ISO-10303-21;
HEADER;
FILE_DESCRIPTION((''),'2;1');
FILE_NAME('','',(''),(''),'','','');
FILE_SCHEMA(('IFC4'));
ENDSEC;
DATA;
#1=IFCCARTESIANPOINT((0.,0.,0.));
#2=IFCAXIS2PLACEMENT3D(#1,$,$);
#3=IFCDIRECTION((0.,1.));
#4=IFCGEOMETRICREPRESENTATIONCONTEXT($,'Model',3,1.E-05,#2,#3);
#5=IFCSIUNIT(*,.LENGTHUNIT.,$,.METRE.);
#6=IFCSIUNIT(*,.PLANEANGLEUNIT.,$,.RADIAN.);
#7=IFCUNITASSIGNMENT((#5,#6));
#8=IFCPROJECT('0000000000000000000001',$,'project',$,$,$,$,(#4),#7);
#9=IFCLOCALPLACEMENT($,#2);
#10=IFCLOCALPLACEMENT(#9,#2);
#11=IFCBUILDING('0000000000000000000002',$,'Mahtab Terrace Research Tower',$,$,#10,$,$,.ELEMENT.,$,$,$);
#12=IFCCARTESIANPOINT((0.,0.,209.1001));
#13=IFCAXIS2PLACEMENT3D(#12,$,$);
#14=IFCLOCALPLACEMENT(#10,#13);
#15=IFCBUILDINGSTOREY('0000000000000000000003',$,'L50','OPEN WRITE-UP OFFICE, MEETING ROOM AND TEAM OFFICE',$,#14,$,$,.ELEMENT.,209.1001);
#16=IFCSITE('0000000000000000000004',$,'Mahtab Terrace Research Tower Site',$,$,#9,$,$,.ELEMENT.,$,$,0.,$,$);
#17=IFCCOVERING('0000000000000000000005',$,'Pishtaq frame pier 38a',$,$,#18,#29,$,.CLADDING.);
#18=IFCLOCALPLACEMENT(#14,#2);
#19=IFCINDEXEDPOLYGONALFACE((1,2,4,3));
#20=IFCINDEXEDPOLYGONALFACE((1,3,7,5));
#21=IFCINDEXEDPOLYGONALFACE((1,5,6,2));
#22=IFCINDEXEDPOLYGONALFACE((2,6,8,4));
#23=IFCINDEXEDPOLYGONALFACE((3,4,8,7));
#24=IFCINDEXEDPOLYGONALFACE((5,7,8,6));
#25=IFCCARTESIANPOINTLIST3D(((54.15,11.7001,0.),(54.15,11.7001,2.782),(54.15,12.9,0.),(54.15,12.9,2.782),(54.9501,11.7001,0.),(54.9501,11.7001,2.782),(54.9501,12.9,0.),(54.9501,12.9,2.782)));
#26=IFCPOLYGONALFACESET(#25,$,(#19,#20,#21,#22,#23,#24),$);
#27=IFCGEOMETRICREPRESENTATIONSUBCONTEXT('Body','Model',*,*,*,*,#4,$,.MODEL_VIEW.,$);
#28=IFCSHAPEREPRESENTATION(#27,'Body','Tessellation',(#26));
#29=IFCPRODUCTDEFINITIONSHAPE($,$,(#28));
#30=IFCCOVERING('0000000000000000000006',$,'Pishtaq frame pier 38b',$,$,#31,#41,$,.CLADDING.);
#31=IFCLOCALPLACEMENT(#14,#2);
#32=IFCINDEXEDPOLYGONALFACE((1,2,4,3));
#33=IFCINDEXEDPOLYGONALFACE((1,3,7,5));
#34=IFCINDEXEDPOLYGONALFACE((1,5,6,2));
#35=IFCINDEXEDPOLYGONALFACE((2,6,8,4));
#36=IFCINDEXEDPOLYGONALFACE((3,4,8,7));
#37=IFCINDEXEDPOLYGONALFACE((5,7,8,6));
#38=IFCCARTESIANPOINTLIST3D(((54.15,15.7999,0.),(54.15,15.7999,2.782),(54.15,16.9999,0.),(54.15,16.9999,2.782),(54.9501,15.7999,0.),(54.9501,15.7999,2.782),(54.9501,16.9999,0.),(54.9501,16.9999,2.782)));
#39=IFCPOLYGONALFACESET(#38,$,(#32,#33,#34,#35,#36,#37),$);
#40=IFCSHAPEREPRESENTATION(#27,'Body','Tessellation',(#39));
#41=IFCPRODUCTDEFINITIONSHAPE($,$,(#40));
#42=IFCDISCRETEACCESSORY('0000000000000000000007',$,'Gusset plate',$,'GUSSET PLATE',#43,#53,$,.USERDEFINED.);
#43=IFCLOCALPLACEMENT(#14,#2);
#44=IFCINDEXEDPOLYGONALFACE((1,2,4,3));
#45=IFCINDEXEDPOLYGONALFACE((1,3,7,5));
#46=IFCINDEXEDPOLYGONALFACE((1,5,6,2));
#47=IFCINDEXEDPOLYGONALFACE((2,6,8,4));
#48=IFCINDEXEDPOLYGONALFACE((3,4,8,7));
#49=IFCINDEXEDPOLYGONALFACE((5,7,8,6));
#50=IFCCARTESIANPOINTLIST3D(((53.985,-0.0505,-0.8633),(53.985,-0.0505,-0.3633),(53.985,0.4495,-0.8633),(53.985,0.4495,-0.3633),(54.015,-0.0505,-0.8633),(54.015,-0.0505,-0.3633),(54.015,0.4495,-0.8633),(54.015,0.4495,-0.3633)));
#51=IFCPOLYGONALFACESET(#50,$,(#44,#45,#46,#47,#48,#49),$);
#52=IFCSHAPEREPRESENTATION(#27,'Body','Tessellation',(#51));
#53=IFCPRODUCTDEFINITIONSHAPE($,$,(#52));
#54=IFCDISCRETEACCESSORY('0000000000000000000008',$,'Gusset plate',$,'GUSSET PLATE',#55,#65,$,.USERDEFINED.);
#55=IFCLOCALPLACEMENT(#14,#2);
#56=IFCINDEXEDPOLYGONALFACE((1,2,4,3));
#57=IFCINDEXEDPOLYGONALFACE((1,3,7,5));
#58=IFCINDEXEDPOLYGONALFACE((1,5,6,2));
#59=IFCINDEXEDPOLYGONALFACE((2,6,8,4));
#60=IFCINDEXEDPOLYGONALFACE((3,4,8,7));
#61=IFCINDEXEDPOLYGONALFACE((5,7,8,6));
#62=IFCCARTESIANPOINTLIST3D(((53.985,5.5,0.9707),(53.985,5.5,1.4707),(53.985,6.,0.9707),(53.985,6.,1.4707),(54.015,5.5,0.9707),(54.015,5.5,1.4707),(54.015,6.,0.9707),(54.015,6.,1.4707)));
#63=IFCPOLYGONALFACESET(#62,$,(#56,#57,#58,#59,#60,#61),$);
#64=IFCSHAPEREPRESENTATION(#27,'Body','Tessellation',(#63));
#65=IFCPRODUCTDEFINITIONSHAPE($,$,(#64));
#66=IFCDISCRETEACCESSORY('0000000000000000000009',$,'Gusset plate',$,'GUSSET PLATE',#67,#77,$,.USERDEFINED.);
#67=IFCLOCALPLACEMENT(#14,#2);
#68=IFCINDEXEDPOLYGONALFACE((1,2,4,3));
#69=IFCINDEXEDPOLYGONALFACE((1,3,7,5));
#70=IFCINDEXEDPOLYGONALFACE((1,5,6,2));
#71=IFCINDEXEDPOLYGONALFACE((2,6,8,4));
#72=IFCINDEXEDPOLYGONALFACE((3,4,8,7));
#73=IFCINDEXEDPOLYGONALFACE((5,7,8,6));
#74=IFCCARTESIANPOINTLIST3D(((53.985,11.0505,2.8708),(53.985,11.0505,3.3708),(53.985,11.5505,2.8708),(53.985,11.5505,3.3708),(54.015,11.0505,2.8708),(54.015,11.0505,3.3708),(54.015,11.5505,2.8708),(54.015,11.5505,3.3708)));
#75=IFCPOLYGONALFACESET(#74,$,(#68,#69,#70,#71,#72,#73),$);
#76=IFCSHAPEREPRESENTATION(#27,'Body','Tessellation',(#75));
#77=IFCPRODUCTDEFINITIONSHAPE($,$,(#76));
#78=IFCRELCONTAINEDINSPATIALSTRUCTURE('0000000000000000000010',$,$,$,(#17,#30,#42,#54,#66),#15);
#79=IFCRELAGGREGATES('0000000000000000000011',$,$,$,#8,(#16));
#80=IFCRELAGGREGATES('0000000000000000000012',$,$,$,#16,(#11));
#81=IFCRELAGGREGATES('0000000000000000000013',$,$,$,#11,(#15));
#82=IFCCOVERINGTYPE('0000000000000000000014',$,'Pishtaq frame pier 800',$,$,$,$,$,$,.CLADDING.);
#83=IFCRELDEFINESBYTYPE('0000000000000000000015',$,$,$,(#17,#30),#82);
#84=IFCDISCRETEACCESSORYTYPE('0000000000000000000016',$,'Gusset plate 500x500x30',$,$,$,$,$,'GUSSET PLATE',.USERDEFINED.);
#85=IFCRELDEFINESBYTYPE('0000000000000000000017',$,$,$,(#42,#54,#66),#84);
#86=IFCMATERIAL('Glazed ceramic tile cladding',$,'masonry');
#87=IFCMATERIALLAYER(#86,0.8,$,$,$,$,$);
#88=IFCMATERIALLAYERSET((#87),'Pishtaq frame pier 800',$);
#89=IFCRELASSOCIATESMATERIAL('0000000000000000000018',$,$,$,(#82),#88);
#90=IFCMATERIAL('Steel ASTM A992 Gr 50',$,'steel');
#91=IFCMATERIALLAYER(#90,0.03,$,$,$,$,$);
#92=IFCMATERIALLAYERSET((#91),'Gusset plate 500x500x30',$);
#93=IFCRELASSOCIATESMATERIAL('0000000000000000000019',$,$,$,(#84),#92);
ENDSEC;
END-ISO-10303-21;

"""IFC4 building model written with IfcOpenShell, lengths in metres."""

from ifc_helpers import new_model, si_unit, direction, frame, origin, origin_2d, place, context, subcontext, project, spatial, rectangle, extrude, material, layer, layer_set, type_object, element, save


model = new_model("IFC4")

# Units and contexts
model_context = context("Model", 3, precision=1e-05, world=origin(), true_north=direction((0.0, 1.0)))
body_context = subcontext(model_context, "Body", "Model", "MODEL_VIEW")
ifc_project = project(units=[si_unit("LENGTHUNIT", "METRE"), si_unit("PLANEANGLEUNIT", "RADIAN")], contexts=[model_context])

# Site, building, storey
site_placement = place(None, origin())
site = spatial("IfcSite", under=ifc_project, at=site_placement, Name="Mahtab Terrace Research Tower Site", CompositionType="ELEMENT", RefElevation=0.0)
building_placement = place(site_placement, origin())
building = spatial("IfcBuilding", under=site, at=building_placement, Name="Mahtab Terrace Research Tower", CompositionType="ELEMENT")
storey_placement = place(building_placement, frame((0.0, 0.0, 209.1001)))
storey = spatial("IfcBuildingStorey", under=building, at=storey_placement, Name="L50", Description="OPEN WRITE-UP OFFICE, MEETING ROOM AND TEAM OFFICE", CompositionType="ELEMENT", Elevation=209.1001)

# Shared definitions
ifc_material_1 = material(Name="Steel ASTM A992 Gr 50", Category="steel")

# Coverings
ifc_material_2 = material(Name="Glazed ceramic tile cladding", Category="masonry")
ifc_layer_1 = layer(ifc_material_2, 0.8)
ifc_layer_set_1 = layer_set([ifc_layer_1], Name="Pishtaq frame pier 800")
covering_type_1 = type_object("IfcCoveringType", Name="Pishtaq frame pier 800", PredefinedType="CLADDING", material=ifc_layer_set_1)
for number, where, z_axis, x_axis, name in (
    (1, (54.55, 12.3, 0.0), (0.0, 0.0, 1.0), (0.0, 1.0, 0.0), "Pishtaq frame pier 38a"),
    (2, (54.55, 16.3999, 0.0), (0.0, 0.0, 1.0), (0.0, 1.0, 0.0), "Pishtaq frame pier 38b"),
):
    element("IfcCovering", number, at=place(storey_placement, frame(where, z_axis=z_axis, x_axis=x_axis)), inside=storey, type_object=covering_type_1, Name=name, PredefinedType="CLADDING", context=body_context, shape_type="SweptSolid", body=[
        extrude(rectangle(XDim=1.2, YDim=0.8, at=origin_2d()), origin(), (0.0, 0.0, 1.0), 2.782),
    ])

# Discrete accessories
ifc_layer_2 = layer(ifc_material_1, 0.03)
ifc_layer_set_2 = layer_set([ifc_layer_2], Name="Gusset plate 500x500x30")
discrete_accessory_type = type_object("IfcDiscreteAccessoryType", Name="Gusset plate 500x500x30", ElementType="GUSSET PLATE", PredefinedType="USERDEFINED", material=ifc_layer_set_2)
for number, where, z_axis, x_axis, name in (
    (3, (54.0, 0.1995, -0.8633), (0.0, 0.0, 1.0), (0.0, 1.0, 0.0), "Gusset plate"),
    (4, (54.0, 5.75, 0.9707), (0.0, 0.0, 1.0), (0.0, 1.0, 0.0), "Gusset plate"),
    (5, (54.0, 11.3005, 2.8708), (0.0, 0.0, 1.0), (0.0, 1.0, 0.0), "Gusset plate"),
):
    element("IfcDiscreteAccessory", number, at=place(storey_placement, frame(where, z_axis=z_axis, x_axis=x_axis)), inside=storey, type_object=discrete_accessory_type, Name=name, ObjectType="GUSSET PLATE", PredefinedType="USERDEFINED", context=body_context, shape_type="SweptSolid", body=[
        extrude(rectangle(XDim=0.5, YDim=0.03, at=origin_2d()), origin(), (0.0, 0.0, 1.0), 0.5),
    ])

save(model, "model.ifc")
